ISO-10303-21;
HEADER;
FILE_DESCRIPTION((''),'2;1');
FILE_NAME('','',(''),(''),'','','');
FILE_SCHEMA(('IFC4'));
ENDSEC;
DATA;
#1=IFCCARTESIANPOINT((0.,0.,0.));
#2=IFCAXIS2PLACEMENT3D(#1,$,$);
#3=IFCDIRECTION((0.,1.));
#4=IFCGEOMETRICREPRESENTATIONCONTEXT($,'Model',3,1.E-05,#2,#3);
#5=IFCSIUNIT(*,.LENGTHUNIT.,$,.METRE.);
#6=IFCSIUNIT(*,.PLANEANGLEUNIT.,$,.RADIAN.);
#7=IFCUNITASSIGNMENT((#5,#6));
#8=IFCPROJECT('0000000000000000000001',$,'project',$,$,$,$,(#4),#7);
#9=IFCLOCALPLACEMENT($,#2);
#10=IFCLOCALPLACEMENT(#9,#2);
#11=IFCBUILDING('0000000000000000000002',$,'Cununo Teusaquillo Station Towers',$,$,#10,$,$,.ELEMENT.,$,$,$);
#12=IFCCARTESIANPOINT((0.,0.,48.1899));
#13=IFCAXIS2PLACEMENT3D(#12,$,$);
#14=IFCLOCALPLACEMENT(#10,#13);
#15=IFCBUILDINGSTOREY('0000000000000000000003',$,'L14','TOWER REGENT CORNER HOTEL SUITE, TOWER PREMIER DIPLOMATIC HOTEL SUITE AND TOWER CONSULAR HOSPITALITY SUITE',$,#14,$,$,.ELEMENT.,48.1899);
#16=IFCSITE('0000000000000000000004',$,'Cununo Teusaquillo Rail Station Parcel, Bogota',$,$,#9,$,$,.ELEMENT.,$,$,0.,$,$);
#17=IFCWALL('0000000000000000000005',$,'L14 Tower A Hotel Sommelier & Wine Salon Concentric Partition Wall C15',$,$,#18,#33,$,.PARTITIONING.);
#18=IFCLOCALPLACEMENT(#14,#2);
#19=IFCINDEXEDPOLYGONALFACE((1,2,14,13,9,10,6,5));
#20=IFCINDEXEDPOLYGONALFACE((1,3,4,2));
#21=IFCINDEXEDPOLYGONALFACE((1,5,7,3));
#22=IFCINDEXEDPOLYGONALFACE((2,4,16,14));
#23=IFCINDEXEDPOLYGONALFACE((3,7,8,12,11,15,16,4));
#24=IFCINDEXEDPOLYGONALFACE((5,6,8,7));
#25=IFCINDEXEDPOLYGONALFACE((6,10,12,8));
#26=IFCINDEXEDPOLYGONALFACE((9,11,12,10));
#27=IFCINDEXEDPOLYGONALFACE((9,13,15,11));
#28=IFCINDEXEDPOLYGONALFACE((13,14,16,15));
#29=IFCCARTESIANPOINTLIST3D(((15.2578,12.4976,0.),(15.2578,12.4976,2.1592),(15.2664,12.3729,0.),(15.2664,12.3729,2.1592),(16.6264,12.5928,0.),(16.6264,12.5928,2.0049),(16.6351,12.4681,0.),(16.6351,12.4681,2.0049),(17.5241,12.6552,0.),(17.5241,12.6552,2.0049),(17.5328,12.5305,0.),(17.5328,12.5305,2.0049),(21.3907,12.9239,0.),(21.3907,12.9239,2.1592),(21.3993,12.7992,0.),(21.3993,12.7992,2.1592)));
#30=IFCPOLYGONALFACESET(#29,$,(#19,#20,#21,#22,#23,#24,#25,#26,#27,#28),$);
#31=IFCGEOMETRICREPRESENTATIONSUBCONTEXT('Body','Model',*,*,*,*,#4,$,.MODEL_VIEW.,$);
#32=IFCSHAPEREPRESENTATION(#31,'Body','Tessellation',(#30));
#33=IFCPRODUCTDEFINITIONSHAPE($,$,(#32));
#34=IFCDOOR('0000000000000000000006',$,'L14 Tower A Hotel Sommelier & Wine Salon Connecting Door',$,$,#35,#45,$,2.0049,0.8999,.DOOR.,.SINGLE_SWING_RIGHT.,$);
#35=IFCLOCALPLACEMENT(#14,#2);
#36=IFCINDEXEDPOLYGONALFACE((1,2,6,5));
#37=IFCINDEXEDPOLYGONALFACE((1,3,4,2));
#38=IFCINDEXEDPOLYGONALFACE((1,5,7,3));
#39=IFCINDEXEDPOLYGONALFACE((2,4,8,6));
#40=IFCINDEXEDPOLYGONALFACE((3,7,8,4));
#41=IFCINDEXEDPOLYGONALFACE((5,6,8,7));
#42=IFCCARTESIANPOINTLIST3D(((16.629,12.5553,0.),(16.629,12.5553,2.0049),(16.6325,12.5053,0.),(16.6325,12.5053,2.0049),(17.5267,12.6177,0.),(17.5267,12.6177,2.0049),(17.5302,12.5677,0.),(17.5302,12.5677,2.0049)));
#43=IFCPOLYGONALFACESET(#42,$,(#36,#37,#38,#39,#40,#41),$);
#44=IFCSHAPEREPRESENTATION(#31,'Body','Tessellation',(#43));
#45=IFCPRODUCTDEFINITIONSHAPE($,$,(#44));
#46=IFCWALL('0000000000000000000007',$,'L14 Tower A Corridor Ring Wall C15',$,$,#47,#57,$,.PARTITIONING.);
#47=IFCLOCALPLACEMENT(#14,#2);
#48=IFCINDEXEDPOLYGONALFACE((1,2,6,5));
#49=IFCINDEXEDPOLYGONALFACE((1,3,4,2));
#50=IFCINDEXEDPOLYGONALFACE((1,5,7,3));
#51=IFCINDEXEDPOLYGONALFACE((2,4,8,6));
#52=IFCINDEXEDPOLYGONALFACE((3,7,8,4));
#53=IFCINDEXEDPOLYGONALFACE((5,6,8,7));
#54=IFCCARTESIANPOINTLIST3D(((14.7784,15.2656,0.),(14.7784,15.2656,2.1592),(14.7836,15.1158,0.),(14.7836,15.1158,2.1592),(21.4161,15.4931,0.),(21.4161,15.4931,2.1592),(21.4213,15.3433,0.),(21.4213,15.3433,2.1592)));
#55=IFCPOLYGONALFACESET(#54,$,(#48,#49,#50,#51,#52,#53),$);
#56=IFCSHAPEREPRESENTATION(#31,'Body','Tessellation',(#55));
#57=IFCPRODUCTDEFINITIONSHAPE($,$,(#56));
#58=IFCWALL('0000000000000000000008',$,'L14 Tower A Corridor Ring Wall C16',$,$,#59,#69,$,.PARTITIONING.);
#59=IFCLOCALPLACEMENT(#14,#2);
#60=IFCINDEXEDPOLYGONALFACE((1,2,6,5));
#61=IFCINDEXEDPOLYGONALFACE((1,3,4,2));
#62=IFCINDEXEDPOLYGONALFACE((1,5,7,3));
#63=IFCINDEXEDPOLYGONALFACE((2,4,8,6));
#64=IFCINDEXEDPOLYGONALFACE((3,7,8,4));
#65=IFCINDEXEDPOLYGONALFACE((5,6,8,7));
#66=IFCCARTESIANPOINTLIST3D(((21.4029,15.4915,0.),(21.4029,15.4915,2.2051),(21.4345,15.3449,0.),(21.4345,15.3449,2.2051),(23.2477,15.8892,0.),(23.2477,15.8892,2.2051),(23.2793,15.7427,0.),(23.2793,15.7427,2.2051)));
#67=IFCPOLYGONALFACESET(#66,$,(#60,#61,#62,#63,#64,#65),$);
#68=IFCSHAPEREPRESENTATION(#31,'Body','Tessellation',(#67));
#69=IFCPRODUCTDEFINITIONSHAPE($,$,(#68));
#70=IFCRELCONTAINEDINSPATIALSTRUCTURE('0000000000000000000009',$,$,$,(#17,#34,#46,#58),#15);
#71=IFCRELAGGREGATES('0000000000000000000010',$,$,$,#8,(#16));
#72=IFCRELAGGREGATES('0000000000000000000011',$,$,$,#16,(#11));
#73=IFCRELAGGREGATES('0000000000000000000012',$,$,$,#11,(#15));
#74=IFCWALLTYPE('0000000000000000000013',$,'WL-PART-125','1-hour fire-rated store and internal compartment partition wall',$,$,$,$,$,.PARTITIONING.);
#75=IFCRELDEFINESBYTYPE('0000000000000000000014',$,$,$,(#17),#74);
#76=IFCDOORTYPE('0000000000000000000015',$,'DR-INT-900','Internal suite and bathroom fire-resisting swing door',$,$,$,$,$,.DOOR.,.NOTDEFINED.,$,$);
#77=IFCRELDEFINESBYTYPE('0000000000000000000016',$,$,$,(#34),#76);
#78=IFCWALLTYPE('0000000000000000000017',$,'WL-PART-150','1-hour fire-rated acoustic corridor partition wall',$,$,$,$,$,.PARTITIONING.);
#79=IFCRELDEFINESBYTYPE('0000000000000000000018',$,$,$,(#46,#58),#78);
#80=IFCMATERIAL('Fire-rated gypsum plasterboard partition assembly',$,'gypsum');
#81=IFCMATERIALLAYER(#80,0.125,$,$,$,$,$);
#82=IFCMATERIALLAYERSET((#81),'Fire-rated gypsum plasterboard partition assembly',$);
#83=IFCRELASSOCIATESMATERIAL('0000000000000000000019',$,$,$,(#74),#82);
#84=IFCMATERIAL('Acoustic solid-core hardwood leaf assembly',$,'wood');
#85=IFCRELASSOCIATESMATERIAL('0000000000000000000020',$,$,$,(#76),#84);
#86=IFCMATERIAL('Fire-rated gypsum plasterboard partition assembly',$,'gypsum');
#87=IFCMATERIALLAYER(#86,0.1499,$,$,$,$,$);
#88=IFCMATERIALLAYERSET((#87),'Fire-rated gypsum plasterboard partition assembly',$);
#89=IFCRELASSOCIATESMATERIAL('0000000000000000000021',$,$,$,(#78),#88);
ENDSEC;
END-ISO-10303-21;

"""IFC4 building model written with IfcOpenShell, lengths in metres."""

from ifc_helpers import new_model, si_unit, direction, frame, frame_2d, origin, place, context, subcontext, project, spatial, rectangle, extrude, source, transform, mapped, material, layer, layer_set, type_object, element, fill, save


model = new_model("IFC4")

# Units and contexts
model_context = context("Model", 3, precision=1e-05, world=origin(), true_north=direction((0.0, 1.0)))
body_context = subcontext(model_context, "Body", "Model", "MODEL_VIEW")
ifc_project = project(units=[si_unit("LENGTHUNIT", "METRE"), si_unit("PLANEANGLEUNIT", "RADIAN")], contexts=[model_context])

# Site, building, storey
site_placement = place(None, origin())
site = spatial("IfcSite", under=ifc_project, at=site_placement, Name="Cununo Teusaquillo Rail Station Parcel, Bogota", CompositionType="ELEMENT", RefElevation=0.0)
building_placement = place(site_placement, origin())
building = spatial("IfcBuilding", under=site, at=building_placement, Name="Cununo Teusaquillo Station Towers", CompositionType="ELEMENT")
storey_placement = place(building_placement, frame((0.0, 0.0, 48.1899)))
storey = spatial("IfcBuildingStorey", under=building, at=storey_placement, Name="L14", Description="TOWER REGENT CORNER HOTEL SUITE, TOWER PREMIER DIPLOMATIC HOTEL SUITE AND TOWER CONSULAR HOSPITALITY SUITE", CompositionType="ELEMENT", Elevation=48.1899)

# Wall, opening, door
ifc_material_1 = material(Name="Fire-rated gypsum plasterboard partition assembly", Category="gypsum")
ifc_layer_1 = layer(ifc_material_1, 0.125)
ifc_layer_set_1 = layer_set([ifc_layer_1], Name="Fire-rated gypsum plasterboard partition assembly")
wall_type_1 = type_object("IfcWallType", Name="WL-PART-125", Description="1-hour fire-rated store and internal compartment partition wall", PredefinedType="PARTITIONING", material=ifc_layer_set_1)
wall_1_placement = place(storey_placement, frame((15.2622, 12.4353, 0.0), z_axis=(0.0, 0.0, 1.0), x_axis=(0.997593, 0.069339, 0.0)))
wall_1 = element("IfcWall", 1, at=wall_1_placement, inside=storey, type_object=wall_type_1, Name="L14 Tower A Hotel Sommelier & Wine Salon Concentric Partition Wall C15", PredefinedType="PARTITIONING", context=body_context, shape_type="SweptSolid", body=[
    extrude(rectangle(XDim=6.1477, YDim=0.125, at=frame_2d((3.0737, 0.0))), origin(), (0.0, 0.0, 1.0), 2.1592),
])
shared_shape_1 = source(origin(), body_context, "Body", "SweptSolid", [
    extrude(rectangle(XDim=0.8999, YDim=2.0049, at=frame_2d((0.45, 1.0024))), frame((0.0, 0.0725, 0.0), z_axis=(0.0, -1.0, 0.0), x_axis=(1.0, 0.0, 0.0)), (0.0, 0.0, 1.0), 0.145),
])
opening_1_placement = place(wall_1_placement, frame((1.3718, 0.0, 0.0)))
opening_1 = element("IfcOpeningElement", 2, at=opening_1_placement, cuts=wall_1, PredefinedType="OPENING", context=body_context, shape_type="MappedRepresentation", body=[
    mapped(shared_shape_1, transform((0.0, 0.0, 0.0), x_axis=(1.0, 0.0, 0.0), y_axis=(0.0, 1.0, 0.0), z_axis=(0.0, 0.0, 1.0), scale=1.0)),
])
ifc_material_2 = material(Name="Acoustic solid-core hardwood leaf assembly", Category="wood")
door_type_1 = type_object("IfcDoorType", Name="DR-INT-900", Description="Internal suite and bathroom fire-resisting swing door", OperationType="NOTDEFINED", PredefinedType="DOOR", material=ifc_material_2)
shared_shape_2 = source(origin(), body_context, "Body", "SweptSolid", [
    extrude(rectangle(XDim=0.8999, YDim=2.0049, at=frame_2d((0.45, 1.0024))), frame((0.0, 0.0249, 0.0), z_axis=(0.0, -1.0, 0.0), x_axis=(1.0, 0.0, 0.0)), (0.0, 0.0, 1.0), 0.05),
])
door_1_placement = place(opening_1_placement, origin())
door_1 = element("IfcDoor", 3, at=door_1_placement, inside=storey, type_object=door_type_1, Name="L14 Tower A Hotel Sommelier & Wine Salon Connecting Door", OperationType="SINGLE_SWING_RIGHT", OverallHeight=2.0049, OverallWidth=0.8999, PredefinedType="DOOR", context=body_context, shape_type="MappedRepresentation", body=[
    mapped(shared_shape_2, transform((0.0, 0.0, 0.0), x_axis=(1.0, 0.0, 0.0), y_axis=(0.0, 1.0, 0.0), z_axis=(0.0, 0.0, 1.0), scale=1.0)),
])
fill(opening_1, door_1)

# Walls
ifc_material_3 = material(Name="Fire-rated gypsum plasterboard partition assembly", Category="gypsum")
ifc_layer_2 = layer(ifc_material_3, 0.1499)
ifc_layer_set_2 = layer_set([ifc_layer_2], Name="Fire-rated gypsum plasterboard partition assembly")
wall_type_2 = type_object("IfcWallType", Name="WL-PART-150", Description="1-hour fire-rated acoustic corridor partition wall", PredefinedType="PARTITIONING", material=ifc_layer_set_2)
wall_2_placement = place(storey_placement, frame((14.781, 15.1907, 0.0), z_axis=(0.0, 0.0, 1.0), x_axis=(0.999413, 0.03426, 0.0)))
element("IfcWall", 4, at=wall_2_placement, inside=storey, type_object=wall_type_2, Name="L14 Tower A Corridor Ring Wall C15", PredefinedType="PARTITIONING", context=body_context, shape_type="SweptSolid", body=[
    extrude(rectangle(XDim=6.6416, YDim=0.1499, at=frame_2d((3.3208, 0.0))), origin(), (0.0, 0.0, 1.0), 2.1592),
])
wall_3_placement = place(storey_placement, frame((21.4187, 15.4182, 0.0), z_axis=(0.0, 0.0, 1.0), x_axis=(0.97754, 0.210748, 0.0)))
element("IfcWall", 5, at=wall_3_placement, inside=storey, type_object=wall_type_2, Name="L14 Tower A Corridor Ring Wall C16", PredefinedType="PARTITIONING", context=body_context, shape_type="SweptSolid", body=[
    extrude(rectangle(XDim=1.8872, YDim=0.1499, at=frame_2d((0.9436, 0.0))), origin(), (0.0, 0.0, 1.0), 2.2051),
])

save(model, "model.ifc")
